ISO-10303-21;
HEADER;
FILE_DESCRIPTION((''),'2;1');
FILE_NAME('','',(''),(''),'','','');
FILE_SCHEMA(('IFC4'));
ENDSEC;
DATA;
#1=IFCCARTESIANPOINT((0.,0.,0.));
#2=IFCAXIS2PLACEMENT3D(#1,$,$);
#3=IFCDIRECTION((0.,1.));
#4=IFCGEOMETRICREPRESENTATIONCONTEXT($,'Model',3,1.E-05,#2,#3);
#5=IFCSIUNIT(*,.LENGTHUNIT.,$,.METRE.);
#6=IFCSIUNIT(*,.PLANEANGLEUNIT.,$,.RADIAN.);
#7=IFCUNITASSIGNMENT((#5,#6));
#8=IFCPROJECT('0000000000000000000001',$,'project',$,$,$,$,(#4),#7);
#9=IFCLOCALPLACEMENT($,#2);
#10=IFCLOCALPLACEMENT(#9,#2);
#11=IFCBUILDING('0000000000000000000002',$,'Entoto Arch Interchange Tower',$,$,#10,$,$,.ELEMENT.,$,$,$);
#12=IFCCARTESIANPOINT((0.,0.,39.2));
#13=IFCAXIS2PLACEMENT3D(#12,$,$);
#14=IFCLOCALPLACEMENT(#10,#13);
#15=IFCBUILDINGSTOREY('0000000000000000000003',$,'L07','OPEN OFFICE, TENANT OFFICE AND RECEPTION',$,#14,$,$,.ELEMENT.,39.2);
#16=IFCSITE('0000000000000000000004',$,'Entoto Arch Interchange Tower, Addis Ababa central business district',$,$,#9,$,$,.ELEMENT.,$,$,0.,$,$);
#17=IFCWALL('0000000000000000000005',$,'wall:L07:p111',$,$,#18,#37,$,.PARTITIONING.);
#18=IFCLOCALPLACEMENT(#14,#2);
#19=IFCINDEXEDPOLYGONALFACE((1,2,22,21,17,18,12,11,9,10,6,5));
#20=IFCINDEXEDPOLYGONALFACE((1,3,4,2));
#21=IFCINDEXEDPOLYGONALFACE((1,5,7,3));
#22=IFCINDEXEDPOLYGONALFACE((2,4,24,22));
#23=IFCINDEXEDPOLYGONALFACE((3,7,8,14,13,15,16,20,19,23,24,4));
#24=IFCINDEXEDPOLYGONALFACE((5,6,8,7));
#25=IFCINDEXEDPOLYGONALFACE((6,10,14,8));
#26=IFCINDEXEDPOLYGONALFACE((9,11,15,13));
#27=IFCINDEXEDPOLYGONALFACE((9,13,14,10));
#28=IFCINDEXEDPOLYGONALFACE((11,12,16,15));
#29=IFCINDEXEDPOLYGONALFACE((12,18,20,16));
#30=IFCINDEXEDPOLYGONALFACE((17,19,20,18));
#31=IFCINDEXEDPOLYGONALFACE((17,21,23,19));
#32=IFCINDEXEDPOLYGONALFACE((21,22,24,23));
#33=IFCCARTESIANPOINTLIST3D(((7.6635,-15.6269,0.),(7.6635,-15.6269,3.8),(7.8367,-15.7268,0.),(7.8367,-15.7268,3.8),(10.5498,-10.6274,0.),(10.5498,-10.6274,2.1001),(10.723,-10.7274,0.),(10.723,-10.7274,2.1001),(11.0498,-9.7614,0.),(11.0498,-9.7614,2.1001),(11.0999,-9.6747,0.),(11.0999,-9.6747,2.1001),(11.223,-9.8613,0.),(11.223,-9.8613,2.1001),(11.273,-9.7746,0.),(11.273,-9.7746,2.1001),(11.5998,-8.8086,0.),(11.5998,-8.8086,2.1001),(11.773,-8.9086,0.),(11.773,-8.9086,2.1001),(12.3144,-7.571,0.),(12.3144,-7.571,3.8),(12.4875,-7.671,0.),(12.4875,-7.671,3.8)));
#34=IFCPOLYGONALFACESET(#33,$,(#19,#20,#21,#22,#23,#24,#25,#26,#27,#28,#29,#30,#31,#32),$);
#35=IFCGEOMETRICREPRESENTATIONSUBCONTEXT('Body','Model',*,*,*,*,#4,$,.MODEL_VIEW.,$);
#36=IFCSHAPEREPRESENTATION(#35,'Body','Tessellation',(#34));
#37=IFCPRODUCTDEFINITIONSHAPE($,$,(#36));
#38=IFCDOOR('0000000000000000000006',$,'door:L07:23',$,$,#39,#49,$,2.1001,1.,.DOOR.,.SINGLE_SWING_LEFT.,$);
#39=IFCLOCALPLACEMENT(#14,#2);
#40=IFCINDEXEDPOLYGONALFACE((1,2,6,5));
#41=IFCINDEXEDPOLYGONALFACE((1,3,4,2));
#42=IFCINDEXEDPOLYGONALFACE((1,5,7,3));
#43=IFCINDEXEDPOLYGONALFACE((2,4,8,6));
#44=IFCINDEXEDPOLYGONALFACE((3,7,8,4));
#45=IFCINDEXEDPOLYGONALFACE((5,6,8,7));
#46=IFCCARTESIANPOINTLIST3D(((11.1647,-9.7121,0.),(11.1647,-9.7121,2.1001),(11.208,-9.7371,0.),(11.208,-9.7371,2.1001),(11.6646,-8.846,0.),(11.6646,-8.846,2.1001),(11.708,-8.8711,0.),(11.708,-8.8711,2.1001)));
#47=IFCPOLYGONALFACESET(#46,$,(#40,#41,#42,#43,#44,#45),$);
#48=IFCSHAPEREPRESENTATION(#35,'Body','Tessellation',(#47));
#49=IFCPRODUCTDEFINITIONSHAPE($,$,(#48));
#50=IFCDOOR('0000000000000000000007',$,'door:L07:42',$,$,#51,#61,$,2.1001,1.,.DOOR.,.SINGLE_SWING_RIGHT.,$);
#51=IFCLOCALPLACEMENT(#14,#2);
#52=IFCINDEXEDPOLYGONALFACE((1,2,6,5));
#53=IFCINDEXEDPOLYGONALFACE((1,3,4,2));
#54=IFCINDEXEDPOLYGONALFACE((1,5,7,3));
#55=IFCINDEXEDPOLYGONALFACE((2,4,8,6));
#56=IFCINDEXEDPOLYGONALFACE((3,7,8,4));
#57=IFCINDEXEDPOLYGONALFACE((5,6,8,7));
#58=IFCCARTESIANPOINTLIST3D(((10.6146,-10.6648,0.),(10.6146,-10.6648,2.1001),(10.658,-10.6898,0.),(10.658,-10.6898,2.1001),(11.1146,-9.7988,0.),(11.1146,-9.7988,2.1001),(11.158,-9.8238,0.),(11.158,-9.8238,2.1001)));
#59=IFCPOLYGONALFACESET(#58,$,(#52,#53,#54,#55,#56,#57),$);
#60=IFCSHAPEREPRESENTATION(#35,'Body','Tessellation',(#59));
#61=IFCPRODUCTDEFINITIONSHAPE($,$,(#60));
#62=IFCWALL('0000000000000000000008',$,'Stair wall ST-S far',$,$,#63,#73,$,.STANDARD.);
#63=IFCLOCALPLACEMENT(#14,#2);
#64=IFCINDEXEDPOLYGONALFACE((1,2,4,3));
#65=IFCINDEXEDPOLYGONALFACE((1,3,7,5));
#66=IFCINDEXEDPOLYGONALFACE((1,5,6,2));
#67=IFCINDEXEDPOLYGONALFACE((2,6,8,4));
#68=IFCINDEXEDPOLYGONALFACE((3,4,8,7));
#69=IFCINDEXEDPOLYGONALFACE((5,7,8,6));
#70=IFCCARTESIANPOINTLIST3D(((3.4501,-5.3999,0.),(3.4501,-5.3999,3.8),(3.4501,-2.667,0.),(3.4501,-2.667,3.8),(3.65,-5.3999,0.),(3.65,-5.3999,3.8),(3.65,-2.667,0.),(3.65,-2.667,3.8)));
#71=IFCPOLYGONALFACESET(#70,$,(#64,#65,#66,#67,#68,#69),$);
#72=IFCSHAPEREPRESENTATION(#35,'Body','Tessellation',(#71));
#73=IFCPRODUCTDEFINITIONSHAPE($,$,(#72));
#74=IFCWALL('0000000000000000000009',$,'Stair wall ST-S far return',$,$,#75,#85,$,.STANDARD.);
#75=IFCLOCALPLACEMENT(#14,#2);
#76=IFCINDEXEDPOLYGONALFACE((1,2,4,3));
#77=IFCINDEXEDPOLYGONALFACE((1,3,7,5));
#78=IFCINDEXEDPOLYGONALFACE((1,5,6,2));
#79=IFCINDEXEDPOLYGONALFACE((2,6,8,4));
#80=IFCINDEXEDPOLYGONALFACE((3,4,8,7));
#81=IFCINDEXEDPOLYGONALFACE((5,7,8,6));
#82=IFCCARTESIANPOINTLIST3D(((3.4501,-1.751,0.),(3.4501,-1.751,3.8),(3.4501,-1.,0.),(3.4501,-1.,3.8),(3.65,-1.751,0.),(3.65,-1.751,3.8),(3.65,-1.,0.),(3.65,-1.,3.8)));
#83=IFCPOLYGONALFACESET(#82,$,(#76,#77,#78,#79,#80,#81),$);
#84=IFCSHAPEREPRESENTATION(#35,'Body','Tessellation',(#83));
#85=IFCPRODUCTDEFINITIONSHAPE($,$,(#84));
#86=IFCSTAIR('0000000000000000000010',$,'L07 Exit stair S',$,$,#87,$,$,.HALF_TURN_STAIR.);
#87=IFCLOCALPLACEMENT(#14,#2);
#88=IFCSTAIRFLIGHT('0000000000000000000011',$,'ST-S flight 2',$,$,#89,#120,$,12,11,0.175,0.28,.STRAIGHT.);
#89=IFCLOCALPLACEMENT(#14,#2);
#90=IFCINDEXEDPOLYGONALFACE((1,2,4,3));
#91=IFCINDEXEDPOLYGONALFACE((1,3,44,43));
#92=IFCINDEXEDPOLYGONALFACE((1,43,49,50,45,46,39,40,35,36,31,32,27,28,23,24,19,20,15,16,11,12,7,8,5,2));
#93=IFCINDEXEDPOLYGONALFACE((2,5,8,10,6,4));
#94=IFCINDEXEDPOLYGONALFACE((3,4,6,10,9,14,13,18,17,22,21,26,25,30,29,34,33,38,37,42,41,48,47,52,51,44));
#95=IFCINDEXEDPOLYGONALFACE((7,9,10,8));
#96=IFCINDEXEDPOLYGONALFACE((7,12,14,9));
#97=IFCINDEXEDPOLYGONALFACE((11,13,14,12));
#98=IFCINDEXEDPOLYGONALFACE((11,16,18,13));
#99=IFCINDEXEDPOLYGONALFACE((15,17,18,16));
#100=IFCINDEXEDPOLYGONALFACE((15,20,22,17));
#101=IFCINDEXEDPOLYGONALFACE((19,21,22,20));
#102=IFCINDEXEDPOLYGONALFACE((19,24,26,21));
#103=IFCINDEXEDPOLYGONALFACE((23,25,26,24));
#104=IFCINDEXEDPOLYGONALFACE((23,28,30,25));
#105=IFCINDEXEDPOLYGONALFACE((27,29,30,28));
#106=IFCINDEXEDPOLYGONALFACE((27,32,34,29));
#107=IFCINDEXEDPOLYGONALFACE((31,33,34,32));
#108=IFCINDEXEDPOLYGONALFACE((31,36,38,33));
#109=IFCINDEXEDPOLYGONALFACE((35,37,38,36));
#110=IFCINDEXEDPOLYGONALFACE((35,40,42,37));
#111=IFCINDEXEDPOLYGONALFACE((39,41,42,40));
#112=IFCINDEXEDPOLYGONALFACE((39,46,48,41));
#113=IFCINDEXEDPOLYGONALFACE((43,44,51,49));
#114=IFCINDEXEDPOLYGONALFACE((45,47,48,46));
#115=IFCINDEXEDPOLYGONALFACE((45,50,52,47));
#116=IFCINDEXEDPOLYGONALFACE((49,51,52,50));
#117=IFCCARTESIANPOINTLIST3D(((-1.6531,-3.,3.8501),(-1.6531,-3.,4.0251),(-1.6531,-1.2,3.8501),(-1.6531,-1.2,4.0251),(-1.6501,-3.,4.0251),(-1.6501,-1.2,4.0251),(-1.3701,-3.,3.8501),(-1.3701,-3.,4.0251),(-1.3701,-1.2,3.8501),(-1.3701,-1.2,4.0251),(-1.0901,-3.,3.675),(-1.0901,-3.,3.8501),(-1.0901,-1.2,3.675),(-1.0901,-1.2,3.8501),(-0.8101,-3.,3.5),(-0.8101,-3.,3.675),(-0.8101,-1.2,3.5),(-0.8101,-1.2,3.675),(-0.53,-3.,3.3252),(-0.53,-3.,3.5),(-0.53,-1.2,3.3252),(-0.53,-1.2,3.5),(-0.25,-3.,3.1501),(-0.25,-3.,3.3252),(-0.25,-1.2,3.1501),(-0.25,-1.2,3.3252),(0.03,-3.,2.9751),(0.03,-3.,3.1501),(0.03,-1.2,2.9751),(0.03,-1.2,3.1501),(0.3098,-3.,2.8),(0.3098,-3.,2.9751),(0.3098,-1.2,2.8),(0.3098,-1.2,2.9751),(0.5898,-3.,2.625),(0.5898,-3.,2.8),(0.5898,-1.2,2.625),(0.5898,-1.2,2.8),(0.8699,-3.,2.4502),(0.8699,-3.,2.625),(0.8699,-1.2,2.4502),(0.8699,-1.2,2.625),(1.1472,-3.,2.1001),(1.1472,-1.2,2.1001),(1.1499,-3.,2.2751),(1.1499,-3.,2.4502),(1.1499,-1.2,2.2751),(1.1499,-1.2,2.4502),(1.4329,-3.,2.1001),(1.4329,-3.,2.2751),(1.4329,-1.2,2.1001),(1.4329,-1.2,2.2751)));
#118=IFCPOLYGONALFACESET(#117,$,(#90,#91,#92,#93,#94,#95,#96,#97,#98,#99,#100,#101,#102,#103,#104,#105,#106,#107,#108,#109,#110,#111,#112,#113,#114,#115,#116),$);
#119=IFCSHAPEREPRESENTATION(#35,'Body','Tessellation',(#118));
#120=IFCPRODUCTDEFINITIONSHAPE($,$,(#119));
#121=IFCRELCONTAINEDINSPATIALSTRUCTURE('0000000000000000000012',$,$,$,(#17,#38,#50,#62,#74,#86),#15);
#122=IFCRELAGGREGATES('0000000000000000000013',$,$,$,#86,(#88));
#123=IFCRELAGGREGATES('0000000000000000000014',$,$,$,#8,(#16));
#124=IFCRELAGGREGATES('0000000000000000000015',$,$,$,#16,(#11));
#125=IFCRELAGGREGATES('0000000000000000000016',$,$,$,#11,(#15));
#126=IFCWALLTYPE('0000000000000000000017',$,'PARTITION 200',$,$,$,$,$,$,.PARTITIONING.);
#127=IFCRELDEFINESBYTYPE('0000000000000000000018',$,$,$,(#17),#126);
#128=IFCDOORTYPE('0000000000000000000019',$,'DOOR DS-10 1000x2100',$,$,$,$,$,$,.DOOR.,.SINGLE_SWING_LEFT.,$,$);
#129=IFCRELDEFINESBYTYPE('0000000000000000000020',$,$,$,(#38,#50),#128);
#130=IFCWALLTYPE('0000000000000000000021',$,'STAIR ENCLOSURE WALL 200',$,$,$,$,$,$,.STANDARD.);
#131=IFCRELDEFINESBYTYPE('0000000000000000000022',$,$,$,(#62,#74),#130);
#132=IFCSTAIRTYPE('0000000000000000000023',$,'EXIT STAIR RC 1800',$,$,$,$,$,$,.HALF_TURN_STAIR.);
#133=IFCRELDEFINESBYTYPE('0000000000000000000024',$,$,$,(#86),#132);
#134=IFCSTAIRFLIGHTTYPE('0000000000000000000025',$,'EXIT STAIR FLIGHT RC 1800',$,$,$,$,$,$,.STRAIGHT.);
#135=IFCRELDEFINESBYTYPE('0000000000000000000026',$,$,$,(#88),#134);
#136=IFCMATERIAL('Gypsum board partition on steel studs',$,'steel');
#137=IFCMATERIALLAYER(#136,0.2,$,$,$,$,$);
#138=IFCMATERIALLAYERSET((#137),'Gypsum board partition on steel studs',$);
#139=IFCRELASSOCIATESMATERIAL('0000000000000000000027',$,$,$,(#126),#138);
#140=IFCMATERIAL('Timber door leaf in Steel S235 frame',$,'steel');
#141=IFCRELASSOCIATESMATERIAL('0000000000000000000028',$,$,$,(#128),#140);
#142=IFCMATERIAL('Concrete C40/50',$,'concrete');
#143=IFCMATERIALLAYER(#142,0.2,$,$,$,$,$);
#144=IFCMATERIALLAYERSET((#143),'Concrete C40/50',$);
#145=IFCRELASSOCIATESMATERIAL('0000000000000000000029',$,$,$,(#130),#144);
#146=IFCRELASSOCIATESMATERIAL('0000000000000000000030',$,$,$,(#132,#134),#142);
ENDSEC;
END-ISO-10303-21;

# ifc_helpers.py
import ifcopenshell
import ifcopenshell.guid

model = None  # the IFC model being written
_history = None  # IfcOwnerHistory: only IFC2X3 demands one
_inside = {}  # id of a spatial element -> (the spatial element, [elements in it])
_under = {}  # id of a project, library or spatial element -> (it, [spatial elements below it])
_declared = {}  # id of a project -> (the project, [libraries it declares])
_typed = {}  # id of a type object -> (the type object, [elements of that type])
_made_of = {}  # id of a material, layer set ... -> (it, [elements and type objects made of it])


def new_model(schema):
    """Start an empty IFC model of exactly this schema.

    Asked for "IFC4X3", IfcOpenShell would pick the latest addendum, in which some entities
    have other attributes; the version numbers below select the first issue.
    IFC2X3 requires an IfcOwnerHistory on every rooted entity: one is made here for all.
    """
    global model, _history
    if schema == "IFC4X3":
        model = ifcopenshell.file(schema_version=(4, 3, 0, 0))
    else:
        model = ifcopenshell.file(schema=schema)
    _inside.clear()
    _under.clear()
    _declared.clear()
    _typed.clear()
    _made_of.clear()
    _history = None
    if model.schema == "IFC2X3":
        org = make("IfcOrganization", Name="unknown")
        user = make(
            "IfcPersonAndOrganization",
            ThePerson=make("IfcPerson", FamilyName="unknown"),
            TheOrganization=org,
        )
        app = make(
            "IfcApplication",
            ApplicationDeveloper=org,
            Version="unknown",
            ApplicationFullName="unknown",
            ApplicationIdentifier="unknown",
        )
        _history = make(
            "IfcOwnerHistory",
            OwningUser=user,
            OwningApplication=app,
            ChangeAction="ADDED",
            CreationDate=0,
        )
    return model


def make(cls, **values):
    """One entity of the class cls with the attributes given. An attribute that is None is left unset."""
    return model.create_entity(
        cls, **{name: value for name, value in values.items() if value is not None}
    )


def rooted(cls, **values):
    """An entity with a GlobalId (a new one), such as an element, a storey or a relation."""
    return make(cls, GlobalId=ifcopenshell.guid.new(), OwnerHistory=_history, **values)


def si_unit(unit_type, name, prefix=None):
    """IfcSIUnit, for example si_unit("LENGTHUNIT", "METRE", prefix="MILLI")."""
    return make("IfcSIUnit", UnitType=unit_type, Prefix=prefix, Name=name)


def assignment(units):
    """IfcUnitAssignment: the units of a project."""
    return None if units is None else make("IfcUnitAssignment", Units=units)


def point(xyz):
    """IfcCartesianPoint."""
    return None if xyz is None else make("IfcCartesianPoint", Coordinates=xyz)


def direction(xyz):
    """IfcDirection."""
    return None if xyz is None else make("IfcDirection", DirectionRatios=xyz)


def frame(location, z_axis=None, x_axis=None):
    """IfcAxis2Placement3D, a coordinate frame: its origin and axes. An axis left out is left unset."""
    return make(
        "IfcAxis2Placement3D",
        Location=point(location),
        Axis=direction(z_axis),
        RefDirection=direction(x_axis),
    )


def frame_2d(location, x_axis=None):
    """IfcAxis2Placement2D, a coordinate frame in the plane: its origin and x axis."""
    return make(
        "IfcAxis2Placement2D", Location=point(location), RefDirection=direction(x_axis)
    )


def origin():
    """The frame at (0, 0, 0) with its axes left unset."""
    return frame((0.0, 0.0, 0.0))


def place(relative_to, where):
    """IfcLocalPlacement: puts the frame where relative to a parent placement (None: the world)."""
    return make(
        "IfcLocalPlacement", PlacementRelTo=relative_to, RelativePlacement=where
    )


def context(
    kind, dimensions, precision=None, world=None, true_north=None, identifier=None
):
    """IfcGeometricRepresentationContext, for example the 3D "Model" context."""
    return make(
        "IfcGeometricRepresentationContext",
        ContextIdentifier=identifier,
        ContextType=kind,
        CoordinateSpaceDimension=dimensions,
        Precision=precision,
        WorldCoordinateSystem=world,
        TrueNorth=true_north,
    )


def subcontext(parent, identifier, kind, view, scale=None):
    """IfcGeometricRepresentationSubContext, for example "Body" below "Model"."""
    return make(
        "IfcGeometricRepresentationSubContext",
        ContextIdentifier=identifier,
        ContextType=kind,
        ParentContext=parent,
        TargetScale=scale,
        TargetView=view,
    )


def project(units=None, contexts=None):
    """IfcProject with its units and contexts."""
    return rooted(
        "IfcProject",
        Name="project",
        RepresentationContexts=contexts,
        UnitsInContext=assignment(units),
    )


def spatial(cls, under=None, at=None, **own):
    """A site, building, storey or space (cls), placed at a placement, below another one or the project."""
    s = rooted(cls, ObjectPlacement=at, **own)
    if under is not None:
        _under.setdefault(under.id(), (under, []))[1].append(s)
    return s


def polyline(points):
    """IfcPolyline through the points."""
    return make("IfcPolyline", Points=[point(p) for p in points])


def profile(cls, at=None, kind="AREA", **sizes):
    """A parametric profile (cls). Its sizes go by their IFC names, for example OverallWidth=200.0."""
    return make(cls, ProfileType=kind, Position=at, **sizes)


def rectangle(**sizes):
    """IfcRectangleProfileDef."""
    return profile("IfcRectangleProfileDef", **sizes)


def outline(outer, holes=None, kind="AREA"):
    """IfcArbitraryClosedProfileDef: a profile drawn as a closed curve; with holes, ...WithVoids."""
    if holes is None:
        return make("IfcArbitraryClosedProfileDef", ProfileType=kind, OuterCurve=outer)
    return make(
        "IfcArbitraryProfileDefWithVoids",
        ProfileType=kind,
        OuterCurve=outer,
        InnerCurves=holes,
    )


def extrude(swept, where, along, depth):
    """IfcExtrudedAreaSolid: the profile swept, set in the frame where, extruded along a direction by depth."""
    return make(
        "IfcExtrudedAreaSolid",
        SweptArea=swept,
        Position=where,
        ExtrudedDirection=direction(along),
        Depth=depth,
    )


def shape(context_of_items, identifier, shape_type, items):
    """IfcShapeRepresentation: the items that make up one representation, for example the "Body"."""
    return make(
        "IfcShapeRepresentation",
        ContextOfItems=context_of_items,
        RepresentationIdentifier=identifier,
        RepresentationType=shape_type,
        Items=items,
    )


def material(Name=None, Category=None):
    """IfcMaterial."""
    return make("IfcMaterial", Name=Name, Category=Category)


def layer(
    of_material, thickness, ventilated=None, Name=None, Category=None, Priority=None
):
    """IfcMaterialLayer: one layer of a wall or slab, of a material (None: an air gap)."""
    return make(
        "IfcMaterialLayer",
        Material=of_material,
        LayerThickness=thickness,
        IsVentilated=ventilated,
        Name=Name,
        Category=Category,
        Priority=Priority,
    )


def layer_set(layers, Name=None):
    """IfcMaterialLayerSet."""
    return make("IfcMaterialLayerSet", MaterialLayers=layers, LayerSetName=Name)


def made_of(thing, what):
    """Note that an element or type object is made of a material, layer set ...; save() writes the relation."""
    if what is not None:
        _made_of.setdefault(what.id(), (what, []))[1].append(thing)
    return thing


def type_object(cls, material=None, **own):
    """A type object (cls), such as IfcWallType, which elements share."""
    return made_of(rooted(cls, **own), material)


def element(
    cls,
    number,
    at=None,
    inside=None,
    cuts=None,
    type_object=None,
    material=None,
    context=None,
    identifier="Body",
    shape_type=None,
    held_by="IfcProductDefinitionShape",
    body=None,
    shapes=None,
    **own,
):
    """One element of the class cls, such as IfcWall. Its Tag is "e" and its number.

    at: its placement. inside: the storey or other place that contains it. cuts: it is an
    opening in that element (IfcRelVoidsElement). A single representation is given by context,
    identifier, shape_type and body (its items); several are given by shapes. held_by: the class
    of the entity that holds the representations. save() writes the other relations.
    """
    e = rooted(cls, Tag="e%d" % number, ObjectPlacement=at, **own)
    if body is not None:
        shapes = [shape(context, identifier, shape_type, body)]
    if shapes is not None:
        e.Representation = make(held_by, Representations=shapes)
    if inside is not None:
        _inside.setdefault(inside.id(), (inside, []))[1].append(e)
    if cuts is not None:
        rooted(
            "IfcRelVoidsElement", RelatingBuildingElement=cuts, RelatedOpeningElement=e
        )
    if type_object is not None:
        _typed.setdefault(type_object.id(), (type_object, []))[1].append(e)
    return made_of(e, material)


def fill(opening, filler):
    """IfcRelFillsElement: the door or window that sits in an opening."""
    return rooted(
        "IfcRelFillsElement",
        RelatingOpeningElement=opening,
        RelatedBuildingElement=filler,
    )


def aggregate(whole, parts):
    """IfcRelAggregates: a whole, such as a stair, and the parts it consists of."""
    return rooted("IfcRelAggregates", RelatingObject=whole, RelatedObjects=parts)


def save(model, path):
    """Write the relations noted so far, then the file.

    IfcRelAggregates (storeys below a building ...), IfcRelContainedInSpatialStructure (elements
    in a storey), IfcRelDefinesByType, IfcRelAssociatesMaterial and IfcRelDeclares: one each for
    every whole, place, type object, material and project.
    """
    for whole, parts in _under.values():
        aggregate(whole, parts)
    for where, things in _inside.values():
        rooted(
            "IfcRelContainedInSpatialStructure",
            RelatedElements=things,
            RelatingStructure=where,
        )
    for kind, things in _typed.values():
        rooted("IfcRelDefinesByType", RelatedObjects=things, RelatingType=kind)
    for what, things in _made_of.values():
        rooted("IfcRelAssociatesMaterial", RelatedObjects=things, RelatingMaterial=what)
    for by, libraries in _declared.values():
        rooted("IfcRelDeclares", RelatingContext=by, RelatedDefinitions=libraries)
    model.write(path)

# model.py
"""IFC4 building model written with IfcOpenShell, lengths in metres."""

from ifc_helpers import new_model, si_unit, direction, frame, frame_2d, origin, place, context, subcontext, project, spatial, polyline, rectangle, outline, extrude, material, layer, layer_set, type_object, element, fill, aggregate, save


model = new_model("IFC4")

# Units and contexts
model_context = context("Model", 3, precision=1e-05, world=origin(), true_north=direction((0.0, 1.0)))
body_context = subcontext(model_context, "Body", "Model", "MODEL_VIEW")
ifc_project = project(units=[si_unit("LENGTHUNIT", "METRE"), si_unit("PLANEANGLEUNIT", "RADIAN")], contexts=[model_context])

# Site, building, storey
site_placement = place(None, origin())
site = spatial("IfcSite", under=ifc_project, at=site_placement, Name="Entoto Arch Interchange Tower, Addis Ababa central business district", CompositionType="ELEMENT", RefElevation=0.0)
building_placement = place(site_placement, origin())
building = spatial("IfcBuilding", under=site, at=building_placement, Name="Entoto Arch Interchange Tower", CompositionType="ELEMENT")
storey_placement = place(building_placement, frame((0.0, 0.0, 39.2)))
storey = spatial("IfcBuildingStorey", under=building, at=storey_placement, Name="L07", Description="OPEN OFFICE, TENANT OFFICE AND RECEPTION", CompositionType="ELEMENT", Elevation=39.2)

# Shared definitions
ifc_material_1 = material(Name="Concrete C40/50", Category="concrete")

# Shared definitions
ifc_material_2 = material(Name="Gypsum board partition on steel studs", Category="steel")
ifc_layer_1 = layer(ifc_material_2, 0.2)
ifc_layer_set_1 = layer_set([ifc_layer_1], Name="Gypsum board partition on steel studs")
wall_type_1 = type_object("IfcWallType", Name="PARTITION 200", PredefinedType="PARTITIONING", material=ifc_layer_set_1)

# Wall, openings, doors
wall_1_placement = place(storey_placement, frame((12.4009, -7.6211, 0.0), z_axis=(0.0, 0.0, 1.0), x_axis=(-0.499984, -0.866035, 0.0)))
wall_1 = element("IfcWall", 1, at=wall_1_placement, inside=storey, type_object=wall_type_1, Name="wall:L07:p111", PredefinedType="PARTITIONING", context=body_context, shape_type="SweptSolid", body=[
    extrude(rectangle(XDim=9.302, YDim=0.2, at=frame_2d((4.6509, 0.0))), origin(), (0.0, 0.0, 1.0), 3.8),
])
opening_1_placement = place(wall_1_placement, frame((1.429, 0.0, 0.0)))
opening_1 = element("IfcOpeningElement", 2, at=opening_1_placement, cuts=wall_1, PredefinedType="OPENING", context=body_context, shape_type="SweptSolid", body=[
    extrude(rectangle(XDim=1.0, YDim=2.1001, at=frame_2d((0.5, 1.05))), frame((0.0, 0.1099, 0.0), z_axis=(0.0, -1.0, 0.0), x_axis=(1.0, 0.0, 0.0)), (0.0, 0.0, 1.0), 0.22),
])
opening_2_placement = place(wall_1_placement, frame((2.5291, 0.0, 0.0)))
opening_2 = element("IfcOpeningElement", 3, at=opening_2_placement, cuts=wall_1, PredefinedType="OPENING", context=body_context, shape_type="SweptSolid", body=[
    extrude(rectangle(XDim=1.0, YDim=2.1001, at=frame_2d((0.5, 1.05))), frame((0.0, 0.1099, 0.0), z_axis=(0.0, -1.0, 0.0), x_axis=(1.0, 0.0, 0.0)), (0.0, 0.0, 1.0), 0.22),
])
ifc_material_3 = material(Name="Timber door leaf in Steel S235 frame", Category="steel")
door_type_1 = type_object("IfcDoorType", Name="DOOR DS-10 1000x2100", OperationType="SINGLE_SWING_LEFT", PredefinedType="DOOR", material=ifc_material_3)
door_1_placement = place(opening_1_placement, origin())
door_1 = element("IfcDoor", 4, at=door_1_placement, inside=storey, type_object=door_type_1, Name="door:L07:23", OperationType="SINGLE_SWING_LEFT", OverallHeight=2.1001, OverallWidth=1.0, PredefinedType="DOOR", context=body_context, shape_type="SweptSolid", body=[
    extrude(rectangle(XDim=1.0, YDim=2.1001, at=frame_2d((0.5, 1.05))), frame((0.0, 0.0249, 0.0), z_axis=(0.0, -1.0, 0.0), x_axis=(1.0, 0.0, 0.0)), (0.0, 0.0, 1.0), 0.05),
])
fill(opening_1, door_1)
door_2_placement = place(opening_2_placement, origin())
door_2 = element("IfcDoor", 5, at=door_2_placement, inside=storey, type_object=door_type_1, Name="door:L07:42", OperationType="SINGLE_SWING_RIGHT", OverallHeight=2.1001, OverallWidth=1.0, PredefinedType="DOOR", context=body_context, shape_type="SweptSolid", body=[
    extrude(rectangle(XDim=1.0, YDim=2.1001, at=frame_2d((0.5, 1.05))), frame((0.0, 0.0249, 0.0), z_axis=(0.0, -1.0, 0.0), x_axis=(1.0, 0.0, 0.0)), (0.0, 0.0, 1.0), 0.05),
])
fill(opening_2, door_2)

# Walls
ifc_layer_2 = layer(ifc_material_1, 0.2)
ifc_layer_set_2 = layer_set([ifc_layer_2], Name="Concrete C40/50")
wall_type_2 = type_object("IfcWallType", Name="STAIR ENCLOSURE WALL 200", PredefinedType="STANDARD", material=ifc_layer_set_2)
wall_2_placement = place(storey_placement, frame((3.55, -2.667, 0.0), z_axis=(0.0, 0.0, 1.0), x_axis=(0.0, -1.0, 0.0)))
element("IfcWall", 6, at=wall_2_placement, inside=storey, type_object=wall_type_2, Name="Stair wall ST-S far", PredefinedType="STANDARD", context=body_context, shape_type="SweptSolid", body=[
    extrude(rectangle(XDim=2.7329, YDim=0.2, at=frame_2d((1.3665, 0.0))), origin(), (0.0, 0.0, 1.0), 3.8),
])
wall_3_placement = place(storey_placement, frame((3.55, -1.0, 0.0), z_axis=(0.0, 0.0, 1.0), x_axis=(0.0, -1.0, 0.0)))
element("IfcWall", 7, at=wall_3_placement, inside=storey, type_object=wall_type_2, Name="Stair wall ST-S far return", PredefinedType="STANDARD", context=body_context, shape_type="SweptSolid", body=[
    extrude(rectangle(XDim=0.751, YDim=0.2, at=frame_2d((0.3755, 0.0))), origin(), (0.0, 0.0, 1.0), 3.8),
])

# Stair, stair flight
stair_type = type_object("IfcStairType", Name="EXIT STAIR RC 1800", PredefinedType="HALF_TURN_STAIR", material=ifc_material_1)
stair_placement = place(storey_placement, origin())
stair = element("IfcStair", 8, at=stair_placement, inside=storey, type_object=stair_type, Name="L07 Exit stair S", PredefinedType="HALF_TURN_STAIR")
stair_flight_type = type_object("IfcStairFlightType", Name="EXIT STAIR FLIGHT RC 1800", PredefinedType="STRAIGHT", material=ifc_material_1)
stair_flight_placement = place(storey_placement, frame((1.4299, -2.1001, 2.1001), z_axis=(0.0, 0.0, 1.0), x_axis=(-1.0, 0.0, 0.0)))
stair_flight = element("IfcStairFlight", 9, at=stair_flight_placement, type_object=stair_flight_type, Name="ST-S flight 2", NumberOfRisers=12, NumberOfTreads=11, PredefinedType="STRAIGHT", RiserHeight=0.175, TreadLength=0.28, context=body_context, shape_type="SweptSolid", body=[
    extrude(outline(polyline([(-0.0029, 0.0), (-0.0029, 0.175), (0.28, 0.175), (0.28, 0.3501), (0.5601, 0.3501), (0.5601, 0.5249), (0.8401, 0.5249), (0.8401, 0.7), (1.1201, 0.7), (1.1201, 0.875), (1.3999, 0.875), (1.3999, 1.05), (1.6799, 1.05), (1.6799, 1.2251), (1.96, 1.2251), (1.96, 1.3999), (2.24, 1.3999), (2.24, 1.575), (2.52, 1.575), (2.52, 1.75), (2.8, 1.75), (2.8, 1.925), (3.0801, 1.925), (3.083, 1.925), (3.083, 1.75), (0.2827, 0.0), (-0.0029, 0.0)])), frame((0.0, 0.8999, 0.0), z_axis=(0.0, -1.0, 0.0), x_axis=(1.0, 0.0, 0.0)), (0.0, 0.0, 1.0), 1.8),
])
aggregate(stair, [stair_flight])

save(model, "model.ifc")
